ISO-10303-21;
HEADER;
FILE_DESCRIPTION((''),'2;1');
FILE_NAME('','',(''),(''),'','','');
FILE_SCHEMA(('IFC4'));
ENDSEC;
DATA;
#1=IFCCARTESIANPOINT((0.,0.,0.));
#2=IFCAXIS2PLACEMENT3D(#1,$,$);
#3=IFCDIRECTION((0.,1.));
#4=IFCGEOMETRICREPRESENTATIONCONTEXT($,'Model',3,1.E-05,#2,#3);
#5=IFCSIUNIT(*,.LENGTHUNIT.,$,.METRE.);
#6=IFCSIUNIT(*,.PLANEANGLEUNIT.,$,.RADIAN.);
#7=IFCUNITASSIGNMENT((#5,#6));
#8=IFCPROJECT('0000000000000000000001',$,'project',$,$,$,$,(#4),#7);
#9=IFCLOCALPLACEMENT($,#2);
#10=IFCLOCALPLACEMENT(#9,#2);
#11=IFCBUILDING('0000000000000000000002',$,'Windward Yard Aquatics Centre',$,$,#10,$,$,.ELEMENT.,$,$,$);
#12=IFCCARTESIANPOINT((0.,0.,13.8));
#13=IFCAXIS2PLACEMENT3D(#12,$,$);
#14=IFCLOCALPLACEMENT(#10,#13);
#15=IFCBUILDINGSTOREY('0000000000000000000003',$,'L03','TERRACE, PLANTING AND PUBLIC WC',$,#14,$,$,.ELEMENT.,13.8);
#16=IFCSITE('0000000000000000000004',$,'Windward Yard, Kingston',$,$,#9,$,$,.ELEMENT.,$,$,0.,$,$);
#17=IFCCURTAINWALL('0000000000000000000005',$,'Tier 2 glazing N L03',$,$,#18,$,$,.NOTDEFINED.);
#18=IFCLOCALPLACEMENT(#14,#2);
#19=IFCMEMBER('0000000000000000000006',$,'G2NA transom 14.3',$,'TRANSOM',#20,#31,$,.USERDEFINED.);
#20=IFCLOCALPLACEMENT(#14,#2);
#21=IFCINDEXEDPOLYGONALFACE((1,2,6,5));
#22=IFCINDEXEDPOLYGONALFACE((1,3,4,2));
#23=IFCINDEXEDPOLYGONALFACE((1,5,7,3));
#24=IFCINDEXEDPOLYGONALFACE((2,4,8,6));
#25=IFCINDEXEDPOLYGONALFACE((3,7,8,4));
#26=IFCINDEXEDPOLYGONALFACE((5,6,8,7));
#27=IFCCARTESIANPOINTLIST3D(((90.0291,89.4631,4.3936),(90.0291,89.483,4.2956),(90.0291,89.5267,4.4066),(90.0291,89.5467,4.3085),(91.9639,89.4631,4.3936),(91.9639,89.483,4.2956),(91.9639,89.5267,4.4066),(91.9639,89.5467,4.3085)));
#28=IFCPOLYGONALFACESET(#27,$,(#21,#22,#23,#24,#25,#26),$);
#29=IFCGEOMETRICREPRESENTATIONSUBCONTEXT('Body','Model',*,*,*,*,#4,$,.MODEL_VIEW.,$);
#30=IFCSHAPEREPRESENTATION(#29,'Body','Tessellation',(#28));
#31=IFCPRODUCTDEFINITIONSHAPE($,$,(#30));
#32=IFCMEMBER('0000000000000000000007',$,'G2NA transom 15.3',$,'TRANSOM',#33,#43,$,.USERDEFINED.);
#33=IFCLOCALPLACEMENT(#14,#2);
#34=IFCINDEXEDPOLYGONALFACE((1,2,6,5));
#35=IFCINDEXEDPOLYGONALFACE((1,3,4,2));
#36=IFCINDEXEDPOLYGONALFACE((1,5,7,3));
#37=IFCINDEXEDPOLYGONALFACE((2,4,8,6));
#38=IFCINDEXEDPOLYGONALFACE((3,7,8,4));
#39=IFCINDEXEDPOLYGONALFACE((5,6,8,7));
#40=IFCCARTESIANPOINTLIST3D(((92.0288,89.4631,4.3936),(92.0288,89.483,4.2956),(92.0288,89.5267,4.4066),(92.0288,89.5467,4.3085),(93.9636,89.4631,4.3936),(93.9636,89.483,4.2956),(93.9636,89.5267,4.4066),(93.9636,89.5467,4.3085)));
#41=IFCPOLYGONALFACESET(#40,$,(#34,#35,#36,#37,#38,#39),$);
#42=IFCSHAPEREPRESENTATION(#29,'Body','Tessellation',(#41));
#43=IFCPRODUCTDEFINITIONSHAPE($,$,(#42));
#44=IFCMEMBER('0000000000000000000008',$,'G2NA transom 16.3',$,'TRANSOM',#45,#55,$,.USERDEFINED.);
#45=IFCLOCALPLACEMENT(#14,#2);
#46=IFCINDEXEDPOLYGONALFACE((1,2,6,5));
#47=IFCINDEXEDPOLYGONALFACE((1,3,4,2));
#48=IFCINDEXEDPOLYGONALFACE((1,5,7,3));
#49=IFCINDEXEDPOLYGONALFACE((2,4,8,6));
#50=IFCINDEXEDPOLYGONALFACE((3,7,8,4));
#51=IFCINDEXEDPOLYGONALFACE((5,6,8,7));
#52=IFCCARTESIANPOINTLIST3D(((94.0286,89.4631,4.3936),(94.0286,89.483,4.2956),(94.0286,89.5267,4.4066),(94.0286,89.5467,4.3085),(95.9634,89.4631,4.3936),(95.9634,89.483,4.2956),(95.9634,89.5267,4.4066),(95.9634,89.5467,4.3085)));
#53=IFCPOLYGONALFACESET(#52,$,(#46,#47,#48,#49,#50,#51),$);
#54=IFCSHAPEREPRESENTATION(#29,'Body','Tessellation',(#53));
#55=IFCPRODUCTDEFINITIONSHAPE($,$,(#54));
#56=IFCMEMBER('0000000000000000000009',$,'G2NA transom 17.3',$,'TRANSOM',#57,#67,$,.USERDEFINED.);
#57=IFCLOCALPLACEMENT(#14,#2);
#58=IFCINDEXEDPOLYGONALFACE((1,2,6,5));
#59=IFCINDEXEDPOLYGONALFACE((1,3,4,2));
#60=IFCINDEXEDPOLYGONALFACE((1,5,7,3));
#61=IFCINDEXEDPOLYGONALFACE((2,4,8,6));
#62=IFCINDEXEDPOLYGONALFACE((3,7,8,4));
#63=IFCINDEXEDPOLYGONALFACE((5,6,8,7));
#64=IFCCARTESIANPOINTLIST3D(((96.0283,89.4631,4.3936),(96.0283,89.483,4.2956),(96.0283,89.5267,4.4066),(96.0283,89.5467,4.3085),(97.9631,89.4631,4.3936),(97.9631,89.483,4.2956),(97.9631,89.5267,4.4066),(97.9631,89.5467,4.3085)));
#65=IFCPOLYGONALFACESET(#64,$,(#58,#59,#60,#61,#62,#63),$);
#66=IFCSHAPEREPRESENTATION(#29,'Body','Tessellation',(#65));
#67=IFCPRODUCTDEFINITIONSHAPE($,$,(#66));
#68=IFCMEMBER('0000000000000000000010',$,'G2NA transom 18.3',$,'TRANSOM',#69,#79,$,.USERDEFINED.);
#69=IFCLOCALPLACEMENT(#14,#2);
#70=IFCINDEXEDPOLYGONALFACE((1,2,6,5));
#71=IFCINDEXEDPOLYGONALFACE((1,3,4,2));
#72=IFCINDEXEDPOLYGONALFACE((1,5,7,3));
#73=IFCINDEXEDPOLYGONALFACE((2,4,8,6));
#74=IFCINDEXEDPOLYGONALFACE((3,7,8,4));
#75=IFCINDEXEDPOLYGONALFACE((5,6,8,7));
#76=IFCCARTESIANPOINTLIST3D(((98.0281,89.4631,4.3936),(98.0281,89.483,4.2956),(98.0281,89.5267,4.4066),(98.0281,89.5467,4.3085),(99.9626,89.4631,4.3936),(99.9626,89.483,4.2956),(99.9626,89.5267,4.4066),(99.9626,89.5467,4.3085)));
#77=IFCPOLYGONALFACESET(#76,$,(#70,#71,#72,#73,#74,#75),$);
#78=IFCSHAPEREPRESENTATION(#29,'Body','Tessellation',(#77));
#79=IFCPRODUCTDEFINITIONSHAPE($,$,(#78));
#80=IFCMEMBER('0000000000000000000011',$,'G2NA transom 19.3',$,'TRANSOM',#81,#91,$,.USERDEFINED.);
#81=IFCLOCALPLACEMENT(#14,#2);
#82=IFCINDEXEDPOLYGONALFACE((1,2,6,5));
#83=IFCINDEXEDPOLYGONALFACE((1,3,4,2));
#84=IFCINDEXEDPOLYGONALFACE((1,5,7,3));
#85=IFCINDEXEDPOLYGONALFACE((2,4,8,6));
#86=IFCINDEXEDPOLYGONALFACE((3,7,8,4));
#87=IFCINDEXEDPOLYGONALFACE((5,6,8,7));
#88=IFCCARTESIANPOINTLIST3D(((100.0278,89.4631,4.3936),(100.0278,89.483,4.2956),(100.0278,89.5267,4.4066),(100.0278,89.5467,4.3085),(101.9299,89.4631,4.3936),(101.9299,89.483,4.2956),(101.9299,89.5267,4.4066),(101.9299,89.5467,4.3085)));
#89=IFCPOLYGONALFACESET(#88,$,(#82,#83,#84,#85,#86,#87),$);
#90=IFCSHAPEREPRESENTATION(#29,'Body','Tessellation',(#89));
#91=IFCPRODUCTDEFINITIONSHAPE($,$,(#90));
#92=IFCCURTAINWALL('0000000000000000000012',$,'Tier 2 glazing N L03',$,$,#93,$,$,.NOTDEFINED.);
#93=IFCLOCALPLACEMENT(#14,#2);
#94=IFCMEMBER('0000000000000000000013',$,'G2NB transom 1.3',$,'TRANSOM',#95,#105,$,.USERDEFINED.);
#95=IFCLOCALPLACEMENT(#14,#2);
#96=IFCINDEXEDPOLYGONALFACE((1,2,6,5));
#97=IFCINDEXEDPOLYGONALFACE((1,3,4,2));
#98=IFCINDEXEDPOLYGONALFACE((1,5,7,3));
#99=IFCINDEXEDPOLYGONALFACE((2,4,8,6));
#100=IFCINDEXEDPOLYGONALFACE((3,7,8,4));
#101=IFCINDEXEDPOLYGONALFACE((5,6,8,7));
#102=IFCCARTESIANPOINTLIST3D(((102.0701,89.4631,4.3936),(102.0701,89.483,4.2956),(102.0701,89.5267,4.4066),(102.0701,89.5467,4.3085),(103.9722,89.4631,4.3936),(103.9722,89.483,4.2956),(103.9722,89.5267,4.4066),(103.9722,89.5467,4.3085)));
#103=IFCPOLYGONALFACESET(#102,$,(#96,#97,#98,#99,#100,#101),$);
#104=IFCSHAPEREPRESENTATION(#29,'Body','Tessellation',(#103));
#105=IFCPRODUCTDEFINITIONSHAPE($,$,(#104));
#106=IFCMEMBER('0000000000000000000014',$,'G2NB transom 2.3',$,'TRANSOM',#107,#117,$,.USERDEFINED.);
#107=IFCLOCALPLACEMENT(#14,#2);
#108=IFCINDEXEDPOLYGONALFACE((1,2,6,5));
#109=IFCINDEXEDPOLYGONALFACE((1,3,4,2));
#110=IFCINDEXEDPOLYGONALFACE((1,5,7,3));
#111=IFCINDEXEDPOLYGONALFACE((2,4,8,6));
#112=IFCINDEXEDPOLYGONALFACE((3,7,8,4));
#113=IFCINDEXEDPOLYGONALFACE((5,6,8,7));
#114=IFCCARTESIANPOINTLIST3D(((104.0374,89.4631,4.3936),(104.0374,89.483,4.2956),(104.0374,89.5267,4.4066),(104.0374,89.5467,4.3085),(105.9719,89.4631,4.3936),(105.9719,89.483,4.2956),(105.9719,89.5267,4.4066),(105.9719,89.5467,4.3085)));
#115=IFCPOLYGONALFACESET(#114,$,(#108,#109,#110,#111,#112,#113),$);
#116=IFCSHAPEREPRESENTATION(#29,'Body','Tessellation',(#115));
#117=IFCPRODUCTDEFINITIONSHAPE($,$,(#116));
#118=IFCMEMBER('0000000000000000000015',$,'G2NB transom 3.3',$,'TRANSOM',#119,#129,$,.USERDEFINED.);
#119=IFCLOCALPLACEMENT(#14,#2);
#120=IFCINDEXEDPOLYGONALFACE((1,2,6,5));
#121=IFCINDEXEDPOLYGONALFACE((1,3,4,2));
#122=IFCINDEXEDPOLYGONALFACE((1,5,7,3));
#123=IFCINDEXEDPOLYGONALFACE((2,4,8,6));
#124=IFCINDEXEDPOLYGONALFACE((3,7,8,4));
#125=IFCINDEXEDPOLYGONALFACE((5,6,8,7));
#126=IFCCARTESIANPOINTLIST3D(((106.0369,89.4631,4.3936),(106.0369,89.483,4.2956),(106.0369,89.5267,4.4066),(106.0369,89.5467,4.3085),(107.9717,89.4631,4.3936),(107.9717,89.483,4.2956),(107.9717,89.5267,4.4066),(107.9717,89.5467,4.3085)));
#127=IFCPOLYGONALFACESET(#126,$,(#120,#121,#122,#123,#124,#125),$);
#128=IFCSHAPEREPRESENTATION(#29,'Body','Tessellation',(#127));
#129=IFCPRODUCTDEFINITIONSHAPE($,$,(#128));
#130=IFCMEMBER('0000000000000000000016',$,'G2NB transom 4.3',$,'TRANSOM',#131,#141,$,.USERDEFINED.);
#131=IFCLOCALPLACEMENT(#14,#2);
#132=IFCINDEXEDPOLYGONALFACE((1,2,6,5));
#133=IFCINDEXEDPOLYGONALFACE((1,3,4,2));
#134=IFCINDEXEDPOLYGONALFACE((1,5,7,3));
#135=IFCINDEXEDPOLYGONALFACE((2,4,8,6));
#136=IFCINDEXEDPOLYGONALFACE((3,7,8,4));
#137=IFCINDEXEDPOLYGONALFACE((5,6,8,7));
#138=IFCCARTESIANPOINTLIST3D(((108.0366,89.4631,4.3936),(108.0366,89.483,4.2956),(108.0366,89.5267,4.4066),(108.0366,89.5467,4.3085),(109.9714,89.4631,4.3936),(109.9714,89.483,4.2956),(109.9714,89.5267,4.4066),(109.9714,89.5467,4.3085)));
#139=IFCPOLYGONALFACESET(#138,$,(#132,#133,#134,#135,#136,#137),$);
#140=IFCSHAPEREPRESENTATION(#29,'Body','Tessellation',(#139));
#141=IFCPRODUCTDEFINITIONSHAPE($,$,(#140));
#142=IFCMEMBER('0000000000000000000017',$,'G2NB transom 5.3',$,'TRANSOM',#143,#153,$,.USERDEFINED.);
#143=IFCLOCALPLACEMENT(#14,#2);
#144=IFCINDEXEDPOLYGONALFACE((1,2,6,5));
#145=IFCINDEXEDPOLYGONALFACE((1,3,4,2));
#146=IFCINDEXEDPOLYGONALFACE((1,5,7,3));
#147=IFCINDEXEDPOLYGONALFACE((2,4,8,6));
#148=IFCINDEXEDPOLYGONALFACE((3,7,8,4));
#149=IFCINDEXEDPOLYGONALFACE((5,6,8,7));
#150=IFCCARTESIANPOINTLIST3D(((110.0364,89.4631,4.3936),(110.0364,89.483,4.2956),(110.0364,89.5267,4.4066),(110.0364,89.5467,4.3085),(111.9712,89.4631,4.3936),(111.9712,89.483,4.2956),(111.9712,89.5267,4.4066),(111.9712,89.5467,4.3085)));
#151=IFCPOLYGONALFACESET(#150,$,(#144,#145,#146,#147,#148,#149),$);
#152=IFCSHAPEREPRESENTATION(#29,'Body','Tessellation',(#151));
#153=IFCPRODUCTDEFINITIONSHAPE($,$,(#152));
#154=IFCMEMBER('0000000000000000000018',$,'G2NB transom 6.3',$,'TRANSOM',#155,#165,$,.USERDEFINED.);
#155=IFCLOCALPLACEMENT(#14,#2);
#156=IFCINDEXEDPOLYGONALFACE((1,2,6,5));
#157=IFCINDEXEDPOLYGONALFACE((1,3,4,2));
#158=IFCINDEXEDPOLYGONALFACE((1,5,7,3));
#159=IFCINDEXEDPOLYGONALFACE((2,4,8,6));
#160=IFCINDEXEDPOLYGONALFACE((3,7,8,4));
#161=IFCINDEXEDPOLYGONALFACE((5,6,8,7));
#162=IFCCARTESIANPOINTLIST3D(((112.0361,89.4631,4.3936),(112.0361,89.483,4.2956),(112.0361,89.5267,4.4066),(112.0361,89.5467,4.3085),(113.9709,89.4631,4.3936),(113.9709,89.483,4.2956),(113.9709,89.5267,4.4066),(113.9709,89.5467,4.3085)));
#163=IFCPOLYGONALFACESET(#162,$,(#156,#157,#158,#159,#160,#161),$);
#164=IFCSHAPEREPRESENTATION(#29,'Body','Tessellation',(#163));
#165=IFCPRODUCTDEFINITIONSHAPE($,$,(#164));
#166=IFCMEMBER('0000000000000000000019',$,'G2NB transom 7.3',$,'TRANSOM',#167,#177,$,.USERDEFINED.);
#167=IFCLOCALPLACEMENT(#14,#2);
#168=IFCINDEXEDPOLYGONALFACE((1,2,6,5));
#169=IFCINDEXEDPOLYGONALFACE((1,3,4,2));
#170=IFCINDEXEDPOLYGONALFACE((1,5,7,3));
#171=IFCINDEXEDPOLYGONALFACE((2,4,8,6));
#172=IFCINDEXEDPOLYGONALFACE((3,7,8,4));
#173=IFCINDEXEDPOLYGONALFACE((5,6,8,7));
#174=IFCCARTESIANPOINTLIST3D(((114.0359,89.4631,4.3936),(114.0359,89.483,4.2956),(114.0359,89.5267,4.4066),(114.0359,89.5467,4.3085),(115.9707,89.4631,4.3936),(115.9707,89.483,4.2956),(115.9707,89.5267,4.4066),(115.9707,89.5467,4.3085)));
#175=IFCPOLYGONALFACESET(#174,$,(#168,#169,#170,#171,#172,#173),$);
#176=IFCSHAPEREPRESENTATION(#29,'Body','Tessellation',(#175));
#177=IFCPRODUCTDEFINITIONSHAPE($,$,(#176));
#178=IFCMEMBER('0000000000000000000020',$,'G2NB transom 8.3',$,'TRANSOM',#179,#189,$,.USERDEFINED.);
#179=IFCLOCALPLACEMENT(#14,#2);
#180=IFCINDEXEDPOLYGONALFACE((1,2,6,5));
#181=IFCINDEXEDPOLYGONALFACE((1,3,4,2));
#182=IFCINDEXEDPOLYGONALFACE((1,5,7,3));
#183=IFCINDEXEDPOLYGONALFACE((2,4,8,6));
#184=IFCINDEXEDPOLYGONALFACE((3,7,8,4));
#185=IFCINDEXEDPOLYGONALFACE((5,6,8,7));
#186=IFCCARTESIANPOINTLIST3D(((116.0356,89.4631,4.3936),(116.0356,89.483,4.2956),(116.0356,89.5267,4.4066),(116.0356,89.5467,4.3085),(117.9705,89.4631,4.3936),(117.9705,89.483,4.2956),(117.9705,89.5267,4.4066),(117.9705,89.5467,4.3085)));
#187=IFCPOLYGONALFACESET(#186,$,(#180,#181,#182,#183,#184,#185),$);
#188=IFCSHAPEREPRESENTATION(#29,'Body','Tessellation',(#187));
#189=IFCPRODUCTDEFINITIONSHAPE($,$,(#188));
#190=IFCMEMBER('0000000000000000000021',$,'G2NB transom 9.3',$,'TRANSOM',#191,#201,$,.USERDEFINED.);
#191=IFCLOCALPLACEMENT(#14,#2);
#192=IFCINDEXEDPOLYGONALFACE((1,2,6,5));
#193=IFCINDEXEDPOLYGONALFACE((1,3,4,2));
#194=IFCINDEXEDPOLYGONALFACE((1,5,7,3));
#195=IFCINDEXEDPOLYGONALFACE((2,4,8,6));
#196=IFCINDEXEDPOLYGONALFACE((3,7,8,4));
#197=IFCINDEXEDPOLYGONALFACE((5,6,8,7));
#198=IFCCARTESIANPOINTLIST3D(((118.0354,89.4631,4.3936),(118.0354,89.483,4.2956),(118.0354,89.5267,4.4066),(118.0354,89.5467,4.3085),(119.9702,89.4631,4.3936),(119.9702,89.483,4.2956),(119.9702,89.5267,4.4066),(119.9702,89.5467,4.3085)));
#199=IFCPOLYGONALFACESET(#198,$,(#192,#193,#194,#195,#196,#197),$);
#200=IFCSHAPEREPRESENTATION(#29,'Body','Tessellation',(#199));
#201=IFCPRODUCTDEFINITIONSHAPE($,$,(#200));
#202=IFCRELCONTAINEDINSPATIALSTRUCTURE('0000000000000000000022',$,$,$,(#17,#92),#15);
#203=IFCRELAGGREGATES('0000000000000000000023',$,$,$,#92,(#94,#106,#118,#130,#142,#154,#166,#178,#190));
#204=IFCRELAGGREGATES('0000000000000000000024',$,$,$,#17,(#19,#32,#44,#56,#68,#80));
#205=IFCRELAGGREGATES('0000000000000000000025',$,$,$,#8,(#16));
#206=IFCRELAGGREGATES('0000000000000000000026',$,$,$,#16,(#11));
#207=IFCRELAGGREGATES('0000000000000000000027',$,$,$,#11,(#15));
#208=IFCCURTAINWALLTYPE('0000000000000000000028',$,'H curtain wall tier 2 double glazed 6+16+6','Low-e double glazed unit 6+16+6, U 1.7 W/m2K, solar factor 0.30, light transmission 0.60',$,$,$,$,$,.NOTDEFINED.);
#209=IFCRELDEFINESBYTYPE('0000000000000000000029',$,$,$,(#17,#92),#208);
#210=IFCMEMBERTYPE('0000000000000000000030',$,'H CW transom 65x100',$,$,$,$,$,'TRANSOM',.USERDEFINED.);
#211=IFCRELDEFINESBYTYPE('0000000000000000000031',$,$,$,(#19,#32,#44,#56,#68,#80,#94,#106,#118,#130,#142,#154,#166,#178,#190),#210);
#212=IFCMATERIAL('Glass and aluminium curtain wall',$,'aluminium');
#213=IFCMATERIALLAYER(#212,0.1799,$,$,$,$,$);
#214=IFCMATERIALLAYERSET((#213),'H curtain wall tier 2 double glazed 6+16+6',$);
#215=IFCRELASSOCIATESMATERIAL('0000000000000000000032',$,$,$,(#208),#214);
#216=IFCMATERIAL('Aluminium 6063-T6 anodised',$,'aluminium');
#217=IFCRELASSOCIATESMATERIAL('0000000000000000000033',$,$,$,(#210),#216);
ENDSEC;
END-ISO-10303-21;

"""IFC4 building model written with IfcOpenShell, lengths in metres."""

from ifc_helpers import new_model, si_unit, direction, frame, origin, origin_2d, place, context, subcontext, project, spatial, rectangle, extrude, material, layer, layer_set, material_profile, profile_set, type_object, element, aggregate, save


model = new_model("IFC4")

# Units and contexts
model_context = context("Model", 3, precision=1e-05, world=origin(), true_north=direction((0.0, 1.0)))
body_context = subcontext(model_context, "Body", "Model", "MODEL_VIEW")
ifc_project = project(units=[si_unit("LENGTHUNIT", "METRE"), si_unit("PLANEANGLEUNIT", "RADIAN")], contexts=[model_context])

# Site, building, storey
site_placement = place(None, origin())
site = spatial("IfcSite", under=ifc_project, at=site_placement, Name="Windward Yard, Kingston", CompositionType="ELEMENT", RefElevation=0.0)
building_placement = place(site_placement, origin())
building = spatial("IfcBuilding", under=site, at=building_placement, Name="Windward Yard Aquatics Centre", CompositionType="ELEMENT")
storey_placement = place(building_placement, frame((0.0, 0.0, 13.8)))
storey = spatial("IfcBuildingStorey", under=building, at=storey_placement, Name="L03", Description="TERRACE, PLANTING AND PUBLIC WC", CompositionType="ELEMENT", Elevation=13.8)

# Curtain walls, members
ifc_material_1 = material(Name="Glass and aluminium curtain wall", Category="aluminium")
ifc_layer_1 = layer(ifc_material_1, 0.1799)
ifc_layer_set_1 = layer_set([ifc_layer_1], Name="H curtain wall tier 2 double glazed 6+16+6")
curtain_wall_type = type_object("IfcCurtainWallType", Name="H curtain wall tier 2 double glazed 6+16+6", Description="Low-e double glazed unit 6+16+6, U 1.7 W/m2K, solar factor 0.30, light transmission 0.60", PredefinedType="NOTDEFINED", material=ifc_layer_set_1)
curtain_wall_1_placement = place(storey_placement, origin())
curtain_wall_1 = element("IfcCurtainWall", 1, at=curtain_wall_1_placement, inside=storey, type_object=curtain_wall_type, Name="Tier 2 glazing N L03", PredefinedType="NOTDEFINED")
ifc_material_2 = material(Name="Aluminium 6063-T6 anodised", Category="aluminium")
ifc_material_profile_1 = material_profile(ifc_material_2, rectangle(XDim=0.0649, YDim=0.1001, at=origin_2d()), Name="H CW transom 65x100")
ifc_profile_set_1 = profile_set([ifc_material_profile_1], Name="Aluminium 6063-T6 anodised")
member_type = type_object("IfcMemberType", Name="H CW transom 65x100", ElementType="TRANSOM", PredefinedType="USERDEFINED", material=ifc_profile_set_1)
member_1_placement = place(storey_placement, frame((90.0291, 89.5049, 4.3511), z_axis=(1.0, 0.0, 0.0), x_axis=(0.0, 0.979925, 0.199368)))
member_1 = element("IfcMember", 2, at=member_1_placement, type_object=member_type, Name="G2NA transom 14.3", ObjectType="TRANSOM", PredefinedType="USERDEFINED", context=body_context, shape_type="SweptSolid", body=[
    extrude(rectangle(XDim=0.0649, YDim=0.1001, at=origin_2d()), origin(), (0.0, 0.0, 1.0), 1.9348),
])
member_2_placement = place(storey_placement, frame((92.0288, 89.5049, 4.3511), z_axis=(1.0, 0.0, 0.0), x_axis=(0.0, 0.979925, 0.199368)))
member_2 = element("IfcMember", 3, at=member_2_placement, type_object=member_type, Name="G2NA transom 15.3", ObjectType="TRANSOM", PredefinedType="USERDEFINED", context=body_context, shape_type="SweptSolid", body=[
    extrude(rectangle(XDim=0.0649, YDim=0.1001, at=origin_2d()), origin(), (0.0, 0.0, 1.0), 1.9348),
])
member_3_placement = place(storey_placement, frame((94.0286, 89.5049, 4.3511), z_axis=(1.0, 0.0, 0.0), x_axis=(0.0, 0.979925, 0.199368)))
member_3 = element("IfcMember", 4, at=member_3_placement, type_object=member_type, Name="G2NA transom 16.3", ObjectType="TRANSOM", PredefinedType="USERDEFINED", context=body_context, shape_type="SweptSolid", body=[
    extrude(rectangle(XDim=0.0649, YDim=0.1001, at=origin_2d()), origin(), (0.0, 0.0, 1.0), 1.9348),
])
member_4_placement = place(storey_placement, frame((96.0283, 89.5049, 4.3511), z_axis=(1.0, 0.0, 0.0), x_axis=(0.0, 0.979925, 0.199368)))
member_4 = element("IfcMember", 5, at=member_4_placement, type_object=member_type, Name="G2NA transom 17.3", ObjectType="TRANSOM", PredefinedType="USERDEFINED", context=body_context, shape_type="SweptSolid", body=[
    extrude(rectangle(XDim=0.0649, YDim=0.1001, at=origin_2d()), origin(), (0.0, 0.0, 1.0), 1.9348),
])
member_5_placement = place(storey_placement, frame((98.0281, 89.5049, 4.3511), z_axis=(1.0, 0.0, 0.0), x_axis=(0.0, 0.979925, 0.199368)))
member_5 = element("IfcMember", 6, at=member_5_placement, type_object=member_type, Name="G2NA transom 18.3", ObjectType="TRANSOM", PredefinedType="USERDEFINED", context=body_context, shape_type="SweptSolid", body=[
    extrude(rectangle(XDim=0.0649, YDim=0.1001, at=origin_2d()), origin(), (0.0, 0.0, 1.0), 1.9346),
])
member_6_placement = place(storey_placement, frame((100.0278, 89.5049, 4.3511), z_axis=(1.0, 0.0, 0.0), x_axis=(0.0, 0.979925, 0.199368)))
member_6 = element("IfcMember", 7, at=member_6_placement, type_object=member_type, Name="G2NA transom 19.3", ObjectType="TRANSOM", PredefinedType="USERDEFINED", context=body_context, shape_type="SweptSolid", body=[
    extrude(rectangle(XDim=0.0649, YDim=0.1001, at=origin_2d()), origin(), (0.0, 0.0, 1.0), 1.9021),
])
curtain_wall_2_placement = place(storey_placement, origin())
curtain_wall_2 = element("IfcCurtainWall", 8, at=curtain_wall_2_placement, inside=storey, type_object=curtain_wall_type, Name="Tier 2 glazing N L03", PredefinedType="NOTDEFINED")
member_7_placement = place(storey_placement, frame((102.0701, 89.5049, 4.3511), z_axis=(1.0, 0.0, 0.0), x_axis=(0.0, 0.979925, 0.199368)))
member_7 = element("IfcMember", 9, at=member_7_placement, type_object=member_type, Name="G2NB transom 1.3", ObjectType="TRANSOM", PredefinedType="USERDEFINED", context=body_context, shape_type="SweptSolid", body=[
    extrude(rectangle(XDim=0.0649, YDim=0.1001, at=origin_2d()), origin(), (0.0, 0.0, 1.0), 1.9021),
])
member_8_placement = place(storey_placement, frame((104.0374, 89.5049, 4.3511), z_axis=(1.0, 0.0, 0.0), x_axis=(0.0, 0.979925, 0.199368)))
member_8 = element("IfcMember", 10, at=member_8_placement, type_object=member_type, Name="G2NB transom 2.3", ObjectType="TRANSOM", PredefinedType="USERDEFINED", context=body_context, shape_type="SweptSolid", body=[
    extrude(rectangle(XDim=0.0649, YDim=0.1001, at=origin_2d()), origin(), (0.0, 0.0, 1.0), 1.9346),
])
member_9_placement = place(storey_placement, frame((106.0369, 89.5049, 4.3511), z_axis=(1.0, 0.0, 0.0), x_axis=(0.0, 0.979925, 0.199368)))
member_9 = element("IfcMember", 11, at=member_9_placement, type_object=member_type, Name="G2NB transom 3.3", ObjectType="TRANSOM", PredefinedType="USERDEFINED", context=body_context, shape_type="SweptSolid", body=[
    extrude(rectangle(XDim=0.0649, YDim=0.1001, at=origin_2d()), origin(), (0.0, 0.0, 1.0), 1.9348),
])
member_10_placement = place(storey_placement, frame((108.0366, 89.5049, 4.3511), z_axis=(1.0, 0.0, 0.0), x_axis=(0.0, 0.979925, 0.199368)))
member_10 = element("IfcMember", 12, at=member_10_placement, type_object=member_type, Name="G2NB transom 4.3", ObjectType="TRANSOM", PredefinedType="USERDEFINED", context=body_context, shape_type="SweptSolid", body=[
    extrude(rectangle(XDim=0.0649, YDim=0.1001, at=origin_2d()), origin(), (0.0, 0.0, 1.0), 1.9348),
])
member_11_placement = place(storey_placement, frame((110.0364, 89.5049, 4.3511), z_axis=(1.0, 0.0, 0.0), x_axis=(0.0, 0.979925, 0.199368)))
member_11 = element("IfcMember", 13, at=member_11_placement, type_object=member_type, Name="G2NB transom 5.3", ObjectType="TRANSOM", PredefinedType="USERDEFINED", context=body_context, shape_type="SweptSolid", body=[
    extrude(rectangle(XDim=0.0649, YDim=0.1001, at=origin_2d()), origin(), (0.0, 0.0, 1.0), 1.9348),
])
member_12_placement = place(storey_placement, frame((112.0361, 89.5049, 4.3511), z_axis=(1.0, 0.0, 0.0), x_axis=(0.0, 0.979925, 0.199368)))
member_12 = element("IfcMember", 14, at=member_12_placement, type_object=member_type, Name="G2NB transom 6.3", ObjectType="TRANSOM", PredefinedType="USERDEFINED", context=body_context, shape_type="SweptSolid", body=[
    extrude(rectangle(XDim=0.0649, YDim=0.1001, at=origin_2d()), origin(), (0.0, 0.0, 1.0), 1.9348),
])
member_13_placement = place(storey_placement, frame((114.0359, 89.5049, 4.3511), z_axis=(1.0, 0.0, 0.0), x_axis=(0.0, 0.979925, 0.199368)))
member_13 = element("IfcMember", 15, at=member_13_placement, type_object=member_type, Name="G2NB transom 7.3", ObjectType="TRANSOM", PredefinedType="USERDEFINED", context=body_context, shape_type="SweptSolid", body=[
    extrude(rectangle(XDim=0.0649, YDim=0.1001, at=origin_2d()), origin(), (0.0, 0.0, 1.0), 1.9348),
])
member_14_placement = place(storey_placement, frame((116.0356, 89.5049, 4.3511), z_axis=(1.0, 0.0, 0.0), x_axis=(0.0, 0.979925, 0.199368)))
member_14 = element("IfcMember", 16, at=member_14_placement, type_object=member_type, Name="G2NB transom 8.3", ObjectType="TRANSOM", PredefinedType="USERDEFINED", context=body_context, shape_type="SweptSolid", body=[
    extrude(rectangle(XDim=0.0649, YDim=0.1001, at=origin_2d()), origin(), (0.0, 0.0, 1.0), 1.9348),
])
member_15_placement = place(storey_placement, frame((118.0354, 89.5049, 4.3511), z_axis=(1.0, 0.0, 0.0), x_axis=(0.0, 0.979925, 0.199368)))
member_15 = element("IfcMember", 17, at=member_15_placement, type_object=member_type, Name="G2NB transom 9.3", ObjectType="TRANSOM", PredefinedType="USERDEFINED", context=body_context, shape_type="SweptSolid", body=[
    extrude(rectangle(XDim=0.0649, YDim=0.1001, at=origin_2d()), origin(), (0.0, 0.0, 1.0), 1.9348),
])
aggregate(curtain_wall_2, [member_7, member_8, member_9, member_10, member_11, member_12, member_13, member_14, member_15])

aggregate(curtain_wall_1, [member_1, member_2, member_3, member_4, member_5, member_6])

save(model, "model.ifc")
